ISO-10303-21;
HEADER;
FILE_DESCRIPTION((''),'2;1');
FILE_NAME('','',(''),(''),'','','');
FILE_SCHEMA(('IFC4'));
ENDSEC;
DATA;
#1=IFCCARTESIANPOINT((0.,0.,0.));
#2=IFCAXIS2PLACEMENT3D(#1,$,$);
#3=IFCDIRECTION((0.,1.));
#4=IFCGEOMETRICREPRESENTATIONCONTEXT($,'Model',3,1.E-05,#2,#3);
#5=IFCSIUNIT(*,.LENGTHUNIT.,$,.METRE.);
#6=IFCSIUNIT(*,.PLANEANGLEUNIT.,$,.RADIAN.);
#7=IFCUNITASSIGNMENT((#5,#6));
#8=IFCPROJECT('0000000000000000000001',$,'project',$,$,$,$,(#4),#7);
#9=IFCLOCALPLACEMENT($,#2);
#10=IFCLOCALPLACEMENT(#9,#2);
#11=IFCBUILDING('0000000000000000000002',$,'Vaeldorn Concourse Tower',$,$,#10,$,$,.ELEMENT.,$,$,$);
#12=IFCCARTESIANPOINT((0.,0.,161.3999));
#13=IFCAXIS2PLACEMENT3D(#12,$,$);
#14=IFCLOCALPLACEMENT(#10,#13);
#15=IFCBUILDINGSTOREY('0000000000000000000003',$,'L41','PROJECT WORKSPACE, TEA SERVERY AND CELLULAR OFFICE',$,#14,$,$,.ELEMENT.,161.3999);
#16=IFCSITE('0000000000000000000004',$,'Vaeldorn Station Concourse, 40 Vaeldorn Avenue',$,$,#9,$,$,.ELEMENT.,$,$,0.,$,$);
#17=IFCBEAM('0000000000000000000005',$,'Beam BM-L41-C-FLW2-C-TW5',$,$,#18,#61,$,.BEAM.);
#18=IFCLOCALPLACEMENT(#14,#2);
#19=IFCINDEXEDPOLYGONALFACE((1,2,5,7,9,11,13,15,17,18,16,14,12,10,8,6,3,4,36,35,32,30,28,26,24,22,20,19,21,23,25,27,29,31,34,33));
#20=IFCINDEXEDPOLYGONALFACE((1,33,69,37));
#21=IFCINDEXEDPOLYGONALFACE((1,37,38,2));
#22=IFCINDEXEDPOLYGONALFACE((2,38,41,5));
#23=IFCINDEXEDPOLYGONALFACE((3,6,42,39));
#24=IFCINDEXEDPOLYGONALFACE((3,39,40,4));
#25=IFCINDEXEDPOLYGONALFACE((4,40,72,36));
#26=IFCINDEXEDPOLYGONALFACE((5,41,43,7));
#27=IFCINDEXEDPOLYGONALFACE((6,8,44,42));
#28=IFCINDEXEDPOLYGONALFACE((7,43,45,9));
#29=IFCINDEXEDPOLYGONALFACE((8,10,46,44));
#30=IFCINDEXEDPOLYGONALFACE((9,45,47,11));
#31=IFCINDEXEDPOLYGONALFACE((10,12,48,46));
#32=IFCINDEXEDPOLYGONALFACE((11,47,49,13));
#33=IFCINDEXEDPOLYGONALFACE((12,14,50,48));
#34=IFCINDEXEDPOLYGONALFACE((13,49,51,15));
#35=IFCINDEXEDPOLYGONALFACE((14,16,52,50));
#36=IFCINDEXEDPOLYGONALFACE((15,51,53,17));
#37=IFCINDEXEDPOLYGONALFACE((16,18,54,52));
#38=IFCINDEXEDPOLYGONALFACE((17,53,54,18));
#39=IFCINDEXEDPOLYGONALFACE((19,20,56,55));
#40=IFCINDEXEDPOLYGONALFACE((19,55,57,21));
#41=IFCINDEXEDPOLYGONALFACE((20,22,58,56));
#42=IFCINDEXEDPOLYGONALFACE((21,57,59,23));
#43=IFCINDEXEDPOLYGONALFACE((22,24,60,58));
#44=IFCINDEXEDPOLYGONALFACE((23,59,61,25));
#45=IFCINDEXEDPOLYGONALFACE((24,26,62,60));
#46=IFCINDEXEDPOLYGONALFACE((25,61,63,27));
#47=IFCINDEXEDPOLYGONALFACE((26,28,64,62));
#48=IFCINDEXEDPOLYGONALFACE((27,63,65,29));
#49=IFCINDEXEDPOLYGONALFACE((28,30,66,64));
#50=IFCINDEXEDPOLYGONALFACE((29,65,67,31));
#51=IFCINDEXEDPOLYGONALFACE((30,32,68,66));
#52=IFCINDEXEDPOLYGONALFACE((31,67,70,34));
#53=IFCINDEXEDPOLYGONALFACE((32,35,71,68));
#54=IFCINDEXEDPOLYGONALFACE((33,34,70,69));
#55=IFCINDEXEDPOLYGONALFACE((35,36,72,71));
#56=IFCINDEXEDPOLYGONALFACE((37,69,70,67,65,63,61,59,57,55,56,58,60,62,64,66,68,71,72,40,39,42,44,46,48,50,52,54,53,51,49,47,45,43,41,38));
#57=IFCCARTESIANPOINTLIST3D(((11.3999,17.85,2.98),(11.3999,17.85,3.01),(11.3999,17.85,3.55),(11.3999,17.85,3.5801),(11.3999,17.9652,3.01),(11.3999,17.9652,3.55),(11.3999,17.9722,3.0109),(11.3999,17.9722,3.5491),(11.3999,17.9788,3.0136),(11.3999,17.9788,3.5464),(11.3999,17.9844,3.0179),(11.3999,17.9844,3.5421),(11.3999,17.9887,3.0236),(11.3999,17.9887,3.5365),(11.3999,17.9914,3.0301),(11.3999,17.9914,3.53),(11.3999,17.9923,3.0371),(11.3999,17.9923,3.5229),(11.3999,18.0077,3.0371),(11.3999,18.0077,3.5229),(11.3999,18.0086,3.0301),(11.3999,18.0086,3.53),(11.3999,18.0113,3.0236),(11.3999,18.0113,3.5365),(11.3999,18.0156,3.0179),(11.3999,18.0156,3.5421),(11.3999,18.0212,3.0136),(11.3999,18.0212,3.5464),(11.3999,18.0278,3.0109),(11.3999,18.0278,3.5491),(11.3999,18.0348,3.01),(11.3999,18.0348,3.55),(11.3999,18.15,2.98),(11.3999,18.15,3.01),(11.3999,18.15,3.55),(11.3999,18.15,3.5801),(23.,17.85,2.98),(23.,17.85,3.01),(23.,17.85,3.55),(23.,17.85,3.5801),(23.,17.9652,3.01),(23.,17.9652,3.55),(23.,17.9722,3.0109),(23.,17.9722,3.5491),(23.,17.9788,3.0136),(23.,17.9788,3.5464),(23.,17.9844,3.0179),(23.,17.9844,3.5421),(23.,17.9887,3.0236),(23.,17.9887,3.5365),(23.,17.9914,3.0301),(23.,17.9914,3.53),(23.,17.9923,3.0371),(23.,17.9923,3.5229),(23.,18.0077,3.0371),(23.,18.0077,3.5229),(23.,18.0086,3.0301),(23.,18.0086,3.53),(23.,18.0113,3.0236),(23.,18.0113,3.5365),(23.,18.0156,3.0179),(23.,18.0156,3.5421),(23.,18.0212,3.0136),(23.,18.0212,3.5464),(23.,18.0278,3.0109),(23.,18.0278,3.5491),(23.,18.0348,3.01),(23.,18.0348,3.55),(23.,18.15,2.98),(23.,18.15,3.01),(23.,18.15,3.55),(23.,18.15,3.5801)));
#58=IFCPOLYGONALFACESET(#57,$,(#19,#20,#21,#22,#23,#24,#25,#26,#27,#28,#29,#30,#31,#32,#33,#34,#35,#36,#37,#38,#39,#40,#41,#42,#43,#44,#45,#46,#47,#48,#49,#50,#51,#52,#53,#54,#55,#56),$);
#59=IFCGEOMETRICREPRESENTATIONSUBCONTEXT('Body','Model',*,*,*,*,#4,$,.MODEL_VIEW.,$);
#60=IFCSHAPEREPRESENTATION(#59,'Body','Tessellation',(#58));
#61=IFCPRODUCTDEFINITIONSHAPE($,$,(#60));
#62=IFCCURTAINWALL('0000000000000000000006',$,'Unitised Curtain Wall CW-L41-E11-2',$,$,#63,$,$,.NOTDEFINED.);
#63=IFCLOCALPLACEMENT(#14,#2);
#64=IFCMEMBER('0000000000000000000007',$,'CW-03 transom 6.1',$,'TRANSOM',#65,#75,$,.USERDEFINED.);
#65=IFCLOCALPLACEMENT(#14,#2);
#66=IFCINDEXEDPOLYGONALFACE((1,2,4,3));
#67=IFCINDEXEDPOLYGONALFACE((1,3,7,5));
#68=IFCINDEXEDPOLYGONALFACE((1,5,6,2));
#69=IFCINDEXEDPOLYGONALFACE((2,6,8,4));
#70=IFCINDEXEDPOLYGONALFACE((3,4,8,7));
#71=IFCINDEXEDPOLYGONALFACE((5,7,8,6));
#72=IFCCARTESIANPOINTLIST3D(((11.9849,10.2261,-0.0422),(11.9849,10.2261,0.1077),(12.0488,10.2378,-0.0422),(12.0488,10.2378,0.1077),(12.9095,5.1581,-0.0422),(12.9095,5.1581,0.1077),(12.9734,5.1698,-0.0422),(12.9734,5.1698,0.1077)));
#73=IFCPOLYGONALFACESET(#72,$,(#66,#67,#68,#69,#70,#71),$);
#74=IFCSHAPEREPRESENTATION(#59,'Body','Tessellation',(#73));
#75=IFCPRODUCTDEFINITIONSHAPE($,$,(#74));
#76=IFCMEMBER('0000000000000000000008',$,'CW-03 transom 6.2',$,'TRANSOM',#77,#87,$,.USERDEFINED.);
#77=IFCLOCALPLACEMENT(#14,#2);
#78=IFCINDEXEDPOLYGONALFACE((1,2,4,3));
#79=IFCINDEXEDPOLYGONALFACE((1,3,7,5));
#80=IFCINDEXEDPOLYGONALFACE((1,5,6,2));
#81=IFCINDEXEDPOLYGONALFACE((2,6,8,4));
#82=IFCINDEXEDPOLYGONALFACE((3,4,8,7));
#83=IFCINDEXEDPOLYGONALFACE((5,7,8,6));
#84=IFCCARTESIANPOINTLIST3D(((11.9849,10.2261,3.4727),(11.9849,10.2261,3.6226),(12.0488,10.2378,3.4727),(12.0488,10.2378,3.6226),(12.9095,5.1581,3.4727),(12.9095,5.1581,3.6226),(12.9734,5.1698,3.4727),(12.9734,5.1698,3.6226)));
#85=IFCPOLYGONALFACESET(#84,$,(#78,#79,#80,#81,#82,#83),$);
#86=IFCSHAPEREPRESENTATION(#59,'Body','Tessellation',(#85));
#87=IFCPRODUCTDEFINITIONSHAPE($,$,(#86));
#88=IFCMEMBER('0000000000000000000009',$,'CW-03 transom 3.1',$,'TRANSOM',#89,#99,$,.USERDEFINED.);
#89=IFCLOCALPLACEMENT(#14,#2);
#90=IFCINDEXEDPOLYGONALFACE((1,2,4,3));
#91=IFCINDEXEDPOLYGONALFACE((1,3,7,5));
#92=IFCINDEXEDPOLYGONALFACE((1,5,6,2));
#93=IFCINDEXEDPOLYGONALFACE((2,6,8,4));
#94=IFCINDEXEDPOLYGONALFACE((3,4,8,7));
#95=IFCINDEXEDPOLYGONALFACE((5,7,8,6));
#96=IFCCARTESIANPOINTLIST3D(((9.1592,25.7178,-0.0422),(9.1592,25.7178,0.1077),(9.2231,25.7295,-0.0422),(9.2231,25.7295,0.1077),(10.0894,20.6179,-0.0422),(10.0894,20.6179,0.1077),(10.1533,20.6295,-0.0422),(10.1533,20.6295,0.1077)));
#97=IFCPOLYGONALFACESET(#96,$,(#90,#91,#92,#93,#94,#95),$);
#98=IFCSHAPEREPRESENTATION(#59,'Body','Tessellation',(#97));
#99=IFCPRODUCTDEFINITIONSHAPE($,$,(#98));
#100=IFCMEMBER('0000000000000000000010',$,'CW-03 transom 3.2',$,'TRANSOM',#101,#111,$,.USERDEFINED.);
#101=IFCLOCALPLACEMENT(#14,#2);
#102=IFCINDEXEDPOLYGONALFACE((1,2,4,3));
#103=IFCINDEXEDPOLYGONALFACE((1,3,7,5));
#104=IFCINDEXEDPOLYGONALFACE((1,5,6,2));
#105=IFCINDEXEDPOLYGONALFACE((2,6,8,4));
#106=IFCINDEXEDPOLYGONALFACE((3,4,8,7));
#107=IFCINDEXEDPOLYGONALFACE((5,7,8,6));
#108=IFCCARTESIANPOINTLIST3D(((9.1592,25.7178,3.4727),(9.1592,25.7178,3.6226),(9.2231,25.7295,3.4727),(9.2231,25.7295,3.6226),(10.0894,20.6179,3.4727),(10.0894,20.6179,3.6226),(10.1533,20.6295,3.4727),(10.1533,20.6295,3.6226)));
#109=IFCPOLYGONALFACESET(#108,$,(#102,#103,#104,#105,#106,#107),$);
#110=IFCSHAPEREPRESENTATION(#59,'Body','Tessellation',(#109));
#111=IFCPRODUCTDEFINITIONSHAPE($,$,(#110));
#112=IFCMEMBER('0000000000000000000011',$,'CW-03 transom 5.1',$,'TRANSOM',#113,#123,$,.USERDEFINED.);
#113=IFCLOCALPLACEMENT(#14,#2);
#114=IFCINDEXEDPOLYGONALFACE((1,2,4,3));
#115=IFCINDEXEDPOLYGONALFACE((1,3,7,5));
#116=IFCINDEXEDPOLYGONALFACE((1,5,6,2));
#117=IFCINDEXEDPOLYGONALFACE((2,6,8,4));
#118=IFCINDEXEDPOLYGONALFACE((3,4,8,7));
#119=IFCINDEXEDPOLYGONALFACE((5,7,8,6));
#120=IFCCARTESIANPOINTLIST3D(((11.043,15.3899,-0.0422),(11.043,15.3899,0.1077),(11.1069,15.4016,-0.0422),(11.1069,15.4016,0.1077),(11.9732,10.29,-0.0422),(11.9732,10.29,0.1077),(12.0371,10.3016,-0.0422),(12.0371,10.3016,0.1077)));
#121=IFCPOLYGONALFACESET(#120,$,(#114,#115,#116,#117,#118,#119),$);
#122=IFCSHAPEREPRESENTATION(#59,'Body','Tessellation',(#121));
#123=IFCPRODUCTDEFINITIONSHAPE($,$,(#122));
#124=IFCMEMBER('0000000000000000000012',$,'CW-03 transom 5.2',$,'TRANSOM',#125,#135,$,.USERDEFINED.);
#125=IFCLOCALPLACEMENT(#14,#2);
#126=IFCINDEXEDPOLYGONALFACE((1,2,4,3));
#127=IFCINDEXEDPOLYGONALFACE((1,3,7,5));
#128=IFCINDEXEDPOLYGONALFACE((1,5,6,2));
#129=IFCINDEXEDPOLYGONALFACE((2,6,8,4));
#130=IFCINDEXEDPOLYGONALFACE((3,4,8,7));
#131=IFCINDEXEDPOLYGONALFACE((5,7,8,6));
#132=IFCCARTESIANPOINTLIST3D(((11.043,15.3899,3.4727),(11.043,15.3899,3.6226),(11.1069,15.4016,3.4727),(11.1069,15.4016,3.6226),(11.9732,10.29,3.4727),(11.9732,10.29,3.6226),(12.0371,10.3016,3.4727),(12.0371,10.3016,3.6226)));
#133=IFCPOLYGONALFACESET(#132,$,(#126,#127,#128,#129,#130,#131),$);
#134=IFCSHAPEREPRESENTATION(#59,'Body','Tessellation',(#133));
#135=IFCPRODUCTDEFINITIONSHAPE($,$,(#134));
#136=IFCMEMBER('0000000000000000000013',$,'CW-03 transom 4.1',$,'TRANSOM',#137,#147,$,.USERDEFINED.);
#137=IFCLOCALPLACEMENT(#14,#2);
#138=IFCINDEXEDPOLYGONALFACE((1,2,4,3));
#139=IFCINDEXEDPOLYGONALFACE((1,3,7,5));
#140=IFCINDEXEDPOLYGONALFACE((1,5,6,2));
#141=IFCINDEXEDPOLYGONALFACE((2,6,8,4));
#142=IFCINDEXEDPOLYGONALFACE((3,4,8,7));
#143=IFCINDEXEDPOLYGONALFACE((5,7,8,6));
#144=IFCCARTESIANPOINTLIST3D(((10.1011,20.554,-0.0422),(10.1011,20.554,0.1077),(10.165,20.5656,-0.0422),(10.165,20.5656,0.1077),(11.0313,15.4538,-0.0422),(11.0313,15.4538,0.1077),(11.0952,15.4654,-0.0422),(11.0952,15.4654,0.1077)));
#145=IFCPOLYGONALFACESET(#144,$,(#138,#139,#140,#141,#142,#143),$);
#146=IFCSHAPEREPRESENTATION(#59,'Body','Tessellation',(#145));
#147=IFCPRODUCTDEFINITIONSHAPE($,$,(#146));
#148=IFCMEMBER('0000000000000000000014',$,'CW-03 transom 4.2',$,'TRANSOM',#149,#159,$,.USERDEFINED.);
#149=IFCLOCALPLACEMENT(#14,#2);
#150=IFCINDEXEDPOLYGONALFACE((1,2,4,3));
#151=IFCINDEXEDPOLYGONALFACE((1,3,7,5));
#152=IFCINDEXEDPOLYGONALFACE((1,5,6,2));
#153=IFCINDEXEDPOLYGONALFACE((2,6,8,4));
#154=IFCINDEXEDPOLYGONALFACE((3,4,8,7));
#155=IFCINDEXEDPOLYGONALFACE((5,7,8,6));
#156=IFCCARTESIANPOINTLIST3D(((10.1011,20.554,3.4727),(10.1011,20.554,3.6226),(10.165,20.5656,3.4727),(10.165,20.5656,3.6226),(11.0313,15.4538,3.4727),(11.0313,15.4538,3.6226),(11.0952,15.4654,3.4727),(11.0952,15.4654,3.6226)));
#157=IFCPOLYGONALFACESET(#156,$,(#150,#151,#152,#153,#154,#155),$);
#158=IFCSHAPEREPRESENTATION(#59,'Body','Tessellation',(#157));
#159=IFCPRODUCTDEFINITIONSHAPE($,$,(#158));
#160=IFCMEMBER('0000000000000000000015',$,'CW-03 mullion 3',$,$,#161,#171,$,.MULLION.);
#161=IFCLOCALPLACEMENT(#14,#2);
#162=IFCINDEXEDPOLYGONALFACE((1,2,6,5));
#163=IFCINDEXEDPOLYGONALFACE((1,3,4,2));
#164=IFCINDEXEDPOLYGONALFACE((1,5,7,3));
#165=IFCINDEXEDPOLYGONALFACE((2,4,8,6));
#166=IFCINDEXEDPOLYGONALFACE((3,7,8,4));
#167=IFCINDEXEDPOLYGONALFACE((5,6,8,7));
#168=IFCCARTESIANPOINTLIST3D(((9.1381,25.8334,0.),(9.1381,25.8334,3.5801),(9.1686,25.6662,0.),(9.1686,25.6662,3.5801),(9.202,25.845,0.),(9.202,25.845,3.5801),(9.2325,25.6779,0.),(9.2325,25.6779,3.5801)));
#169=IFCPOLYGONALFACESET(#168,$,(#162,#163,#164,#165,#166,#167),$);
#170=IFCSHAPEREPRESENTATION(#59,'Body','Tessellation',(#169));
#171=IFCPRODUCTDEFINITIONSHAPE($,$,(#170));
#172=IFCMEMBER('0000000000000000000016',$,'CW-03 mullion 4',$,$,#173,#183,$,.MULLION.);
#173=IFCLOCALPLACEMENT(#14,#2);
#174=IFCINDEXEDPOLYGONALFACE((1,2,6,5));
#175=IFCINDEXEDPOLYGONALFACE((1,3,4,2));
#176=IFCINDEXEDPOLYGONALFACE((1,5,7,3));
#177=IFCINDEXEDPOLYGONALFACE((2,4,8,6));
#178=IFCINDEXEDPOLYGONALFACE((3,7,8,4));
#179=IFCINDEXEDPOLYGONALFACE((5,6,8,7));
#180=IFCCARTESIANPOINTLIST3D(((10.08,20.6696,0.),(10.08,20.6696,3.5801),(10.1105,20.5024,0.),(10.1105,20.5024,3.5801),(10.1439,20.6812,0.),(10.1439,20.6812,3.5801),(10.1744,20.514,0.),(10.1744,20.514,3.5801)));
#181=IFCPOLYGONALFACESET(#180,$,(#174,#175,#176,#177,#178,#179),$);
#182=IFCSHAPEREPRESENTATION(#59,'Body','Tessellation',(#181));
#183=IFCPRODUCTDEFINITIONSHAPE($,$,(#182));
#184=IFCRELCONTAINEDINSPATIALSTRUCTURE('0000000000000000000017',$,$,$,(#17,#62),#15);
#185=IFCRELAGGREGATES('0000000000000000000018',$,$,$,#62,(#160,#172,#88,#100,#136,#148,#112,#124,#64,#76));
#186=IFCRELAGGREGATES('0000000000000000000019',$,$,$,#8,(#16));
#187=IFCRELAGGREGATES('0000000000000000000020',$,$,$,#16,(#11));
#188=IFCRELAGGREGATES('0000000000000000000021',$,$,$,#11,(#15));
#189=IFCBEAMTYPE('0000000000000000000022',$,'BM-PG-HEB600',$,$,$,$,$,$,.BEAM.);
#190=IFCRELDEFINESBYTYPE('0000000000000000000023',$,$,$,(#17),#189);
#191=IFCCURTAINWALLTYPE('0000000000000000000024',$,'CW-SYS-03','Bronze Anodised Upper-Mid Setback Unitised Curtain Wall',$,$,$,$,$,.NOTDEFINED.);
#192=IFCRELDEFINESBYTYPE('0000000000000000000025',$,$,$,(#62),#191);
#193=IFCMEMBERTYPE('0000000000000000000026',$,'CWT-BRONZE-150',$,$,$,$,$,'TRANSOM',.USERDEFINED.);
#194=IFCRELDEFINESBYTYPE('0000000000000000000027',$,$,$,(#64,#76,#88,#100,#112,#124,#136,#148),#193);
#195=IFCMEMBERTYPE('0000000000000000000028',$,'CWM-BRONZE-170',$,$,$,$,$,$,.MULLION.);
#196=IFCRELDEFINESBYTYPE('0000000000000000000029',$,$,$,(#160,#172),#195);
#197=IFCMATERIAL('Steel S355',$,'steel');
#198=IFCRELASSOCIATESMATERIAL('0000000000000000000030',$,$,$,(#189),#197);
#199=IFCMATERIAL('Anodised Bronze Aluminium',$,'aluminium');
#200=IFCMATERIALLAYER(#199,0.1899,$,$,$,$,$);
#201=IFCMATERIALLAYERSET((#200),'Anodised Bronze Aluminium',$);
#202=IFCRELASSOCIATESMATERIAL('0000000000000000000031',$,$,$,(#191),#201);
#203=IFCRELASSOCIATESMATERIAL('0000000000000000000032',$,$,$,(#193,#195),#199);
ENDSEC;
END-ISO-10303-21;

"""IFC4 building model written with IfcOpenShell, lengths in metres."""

from ifc_helpers import new_model, si_unit, direction, frame, origin, origin_2d, place, context, subcontext, project, spatial, rectangle, i_section, extrude, source, transform, mapped, material, layer, layer_set, material_profile, profile_set, type_object, element, aggregate, save


model = new_model("IFC4")

# Units and contexts
model_context = context("Model", 3, precision=1e-05, world=origin(), true_north=direction((0.0, 1.0)))
body_context = subcontext(model_context, "Body", "Model", "MODEL_VIEW")
ifc_project = project(units=[si_unit("LENGTHUNIT", "METRE"), si_unit("PLANEANGLEUNIT", "RADIAN")], contexts=[model_context])

# Site, building, storey
site_placement = place(None, origin())
site = spatial("IfcSite", under=ifc_project, at=site_placement, Name="Vaeldorn Station Concourse, 40 Vaeldorn Avenue", CompositionType="ELEMENT", RefElevation=0.0)
building_placement = place(site_placement, origin())
building = spatial("IfcBuilding", under=site, at=building_placement, Name="Vaeldorn Concourse Tower", CompositionType="ELEMENT")
storey_placement = place(building_placement, frame((0.0, 0.0, 161.3999)))
storey = spatial("IfcBuildingStorey", under=building, at=storey_placement, Name="L41", Description="PROJECT WORKSPACE, TEA SERVERY AND CELLULAR OFFICE", CompositionType="ELEMENT", Elevation=161.3999)

# Beam
ifc_material_1 = material(Name="Steel S355", Category="steel")
ifc_material_profile_1 = material_profile(ifc_material_1, i_section(OverallWidth=0.3, OverallDepth=0.6001, WebThickness=0.0154, FlangeThickness=0.03, FilletRadius=0.0271, at=origin_2d()), Name="HEB 600")
ifc_profile_set_1 = profile_set([ifc_material_profile_1], Name="Steel S355")
beam_type_1 = type_object("IfcBeamType", Name="BM-PG-HEB600", PredefinedType="BEAM", material=ifc_profile_set_1)
shared_shape_1 = source(origin(), body_context, "Body", "SweptSolid", [
    extrude(i_section(OverallWidth=0.3, OverallDepth=0.6001, WebThickness=0.0154, FlangeThickness=0.03, FilletRadius=0.0271, at=origin_2d()), origin(), (0.0, 0.0, 1.0), 11.6001),
])
beam_1_placement = place(storey_placement, frame((11.3999, 18.0, 3.28), z_axis=(1.0, 0.0, 0.0), x_axis=(0.0, 1.0, 0.0)))
element("IfcBeam", 1, at=beam_1_placement, inside=storey, type_object=beam_type_1, Name="Beam BM-L41-C-FLW2-C-TW5", PredefinedType="BEAM", context=body_context, shape_type="MappedRepresentation", body=[
    mapped(shared_shape_1, transform((0.0, 0.0, 0.0), scale=1.0)),
])

# Curtain wall, members
ifc_material_2 = material(Name="Anodised Bronze Aluminium", Category="aluminium")
ifc_layer_1 = layer(ifc_material_2, 0.1899)
ifc_layer_set_1 = layer_set([ifc_layer_1], Name="Anodised Bronze Aluminium")
curtain_wall_type = type_object("IfcCurtainWallType", Name="CW-SYS-03", Description="Bronze Anodised Upper-Mid Setback Unitised Curtain Wall", PredefinedType="NOTDEFINED", material=ifc_layer_set_1)
curtain_wall_placement = place(storey_placement, origin())
curtain_wall = element("IfcCurtainWall", 2, at=curtain_wall_placement, inside=storey, type_object=curtain_wall_type, Name="Unitised Curtain Wall CW-L41-E11-2", PredefinedType="NOTDEFINED")
ifc_material_profile_2 = material_profile(ifc_material_2, rectangle(XDim=0.0649, YDim=0.1499, at=origin_2d()), Name="CWT 65x150")
ifc_profile_set_2 = profile_set([ifc_material_profile_2], Name="Anodised Bronze Aluminium")
member_type_1 = type_object("IfcMemberType", Name="CWT-BRONZE-150", ElementType="TRANSOM", PredefinedType="USERDEFINED", material=ifc_profile_set_2)
shared_shape_2 = source(origin(), body_context, "Body", "SweptSolid", [
    extrude(rectangle(XDim=0.0649, YDim=0.1499, at=origin_2d()), origin(), (0.0, 0.0, 1.0), 5.1516),
])
member_1_placement = place(storey_placement, frame((12.0168, 10.2319, 0.0327), z_axis=(0.179473, -0.983763, 0.0), x_axis=(0.983763, 0.179473, 0.0)))
member_1 = element("IfcMember", 3, at=member_1_placement, type_object=member_type_1, Name="CW-03 transom 6.1", ObjectType="TRANSOM", PredefinedType="USERDEFINED", context=body_context, shape_type="MappedRepresentation", body=[
    mapped(shared_shape_2, transform((0.0, 0.0, 0.0), scale=1.0)),
])
member_2_placement = place(storey_placement, frame((12.0168, 10.2319, 3.5476), z_axis=(0.179473, -0.983763, 0.0), x_axis=(0.983763, 0.179473, 0.0)))
member_2 = element("IfcMember", 4, at=member_2_placement, type_object=member_type_1, Name="CW-03 transom 6.2", ObjectType="TRANSOM", PredefinedType="USERDEFINED", context=body_context, shape_type="MappedRepresentation", body=[
    mapped(shared_shape_2, transform((0.0, 0.0, 0.0), scale=1.0)),
])
shared_shape_3 = source(origin(), body_context, "Body", "SweptSolid", [
    extrude(rectangle(XDim=0.0649, YDim=0.1499, at=origin_2d()), origin(), (0.0, 0.0, 1.0), 5.1841),
])
member_3_placement = place(storey_placement, frame((9.1912, 25.7236, 0.0327), z_axis=(0.179432, -0.98377, 0.0), x_axis=(0.98377, 0.179432, 0.0)))
member_3 = element("IfcMember", 5, at=member_3_placement, type_object=member_type_1, Name="CW-03 transom 3.1", ObjectType="TRANSOM", PredefinedType="USERDEFINED", context=body_context, shape_type="MappedRepresentation", body=[
    mapped(shared_shape_3, transform((0.0, 0.0, 0.0), scale=1.0)),
])
member_4_placement = place(storey_placement, frame((9.1912, 25.7236, 3.5476), z_axis=(0.179432, -0.98377, 0.0), x_axis=(0.98377, 0.179432, 0.0)))
member_4 = element("IfcMember", 6, at=member_4_placement, type_object=member_type_1, Name="CW-03 transom 3.2", ObjectType="TRANSOM", PredefinedType="USERDEFINED", context=body_context, shape_type="MappedRepresentation", body=[
    mapped(shared_shape_3, transform((0.0, 0.0, 0.0), scale=1.0)),
])
member_5_placement = place(storey_placement, frame((11.075, 15.3958, 0.0327), z_axis=(0.179432, -0.98377, 0.0), x_axis=(0.98377, 0.179432, 0.0)))
member_5 = element("IfcMember", 7, at=member_5_placement, type_object=member_type_1, Name="CW-03 transom 5.1", ObjectType="TRANSOM", PredefinedType="USERDEFINED", context=body_context, shape_type="MappedRepresentation", body=[
    mapped(shared_shape_3, transform((0.0, 0.0, 0.0), scale=1.0)),
])
member_6_placement = place(storey_placement, frame((11.075, 15.3958, 3.5476), z_axis=(0.179432, -0.98377, 0.0), x_axis=(0.98377, 0.179432, 0.0)))
member_6 = element("IfcMember", 8, at=member_6_placement, type_object=member_type_1, Name="CW-03 transom 5.2", ObjectType="TRANSOM", PredefinedType="USERDEFINED", context=body_context, shape_type="MappedRepresentation", body=[
    mapped(shared_shape_3, transform((0.0, 0.0, 0.0), scale=1.0)),
])
shared_shape_4 = source(origin(), body_context, "Body", "SweptSolid", [
    extrude(rectangle(XDim=0.0649, YDim=0.1499, at=origin_2d()), origin(), (0.0, 0.0, 1.0), 5.1843),
])
member_7_placement = place(storey_placement, frame((10.1331, 20.5598, 0.0327), z_axis=(0.179424, -0.983772, 0.0), x_axis=(0.983772, 0.179424, 0.0)))
member_7 = element("IfcMember", 9, at=member_7_placement, type_object=member_type_1, Name="CW-03 transom 4.1", ObjectType="TRANSOM", PredefinedType="USERDEFINED", context=body_context, shape_type="MappedRepresentation", body=[
    mapped(shared_shape_4, transform((0.0, 0.0, 0.0), scale=1.0)),
])
member_8_placement = place(storey_placement, frame((10.1331, 20.5598, 3.5476), z_axis=(0.179424, -0.983772, 0.0), x_axis=(0.983772, 0.179424, 0.0)))
member_8 = element("IfcMember", 10, at=member_8_placement, type_object=member_type_1, Name="CW-03 transom 4.2", ObjectType="TRANSOM", PredefinedType="USERDEFINED", context=body_context, shape_type="MappedRepresentation", body=[
    mapped(shared_shape_4, transform((0.0, 0.0, 0.0), scale=1.0)),
])
ifc_material_profile_3 = material_profile(ifc_material_2, rectangle(XDim=0.0649, YDim=0.1699, at=origin_2d()), Name="CWM 65x170")
ifc_profile_set_3 = profile_set([ifc_material_profile_3], Name="Anodised Bronze Aluminium")
member_type_2 = type_object("IfcMemberType", Name="CWM-BRONZE-170", PredefinedType="MULLION", material=ifc_profile_set_3)
shared_shape_5 = source(origin(), body_context, "Body", "SweptSolid", [
    extrude(rectangle(XDim=0.0649, YDim=0.1699, at=origin_2d()), origin(), (0.0, 0.0, 1.0), 3.5801),
])
member_9_placement = place(storey_placement, frame((9.1853, 25.7556, 0.0), z_axis=(0.0, 0.0, 1.0), x_axis=(0.983768, 0.179446, 0.0)))
member_9 = element("IfcMember", 11, at=member_9_placement, type_object=member_type_2, Name="CW-03 mullion 3", PredefinedType="MULLION", context=body_context, shape_type="MappedRepresentation", body=[
    mapped(shared_shape_5, transform((0.0, 0.0, 0.0), scale=1.0)),
])
member_10_placement = place(storey_placement, frame((10.1272, 20.5918, 0.0), z_axis=(0.0, 0.0, 1.0), x_axis=(0.983768, 0.179446, 0.0)))
member_10 = element("IfcMember", 12, at=member_10_placement, type_object=member_type_2, Name="CW-03 mullion 4", PredefinedType="MULLION", context=body_context, shape_type="MappedRepresentation", body=[
    mapped(shared_shape_5, transform((0.0, 0.0, 0.0), scale=1.0)),
])
aggregate(curtain_wall, [member_9, member_10, member_3, member_4, member_7, member_8, member_5, member_6, member_1, member_2])

save(model, "model.ifc")
